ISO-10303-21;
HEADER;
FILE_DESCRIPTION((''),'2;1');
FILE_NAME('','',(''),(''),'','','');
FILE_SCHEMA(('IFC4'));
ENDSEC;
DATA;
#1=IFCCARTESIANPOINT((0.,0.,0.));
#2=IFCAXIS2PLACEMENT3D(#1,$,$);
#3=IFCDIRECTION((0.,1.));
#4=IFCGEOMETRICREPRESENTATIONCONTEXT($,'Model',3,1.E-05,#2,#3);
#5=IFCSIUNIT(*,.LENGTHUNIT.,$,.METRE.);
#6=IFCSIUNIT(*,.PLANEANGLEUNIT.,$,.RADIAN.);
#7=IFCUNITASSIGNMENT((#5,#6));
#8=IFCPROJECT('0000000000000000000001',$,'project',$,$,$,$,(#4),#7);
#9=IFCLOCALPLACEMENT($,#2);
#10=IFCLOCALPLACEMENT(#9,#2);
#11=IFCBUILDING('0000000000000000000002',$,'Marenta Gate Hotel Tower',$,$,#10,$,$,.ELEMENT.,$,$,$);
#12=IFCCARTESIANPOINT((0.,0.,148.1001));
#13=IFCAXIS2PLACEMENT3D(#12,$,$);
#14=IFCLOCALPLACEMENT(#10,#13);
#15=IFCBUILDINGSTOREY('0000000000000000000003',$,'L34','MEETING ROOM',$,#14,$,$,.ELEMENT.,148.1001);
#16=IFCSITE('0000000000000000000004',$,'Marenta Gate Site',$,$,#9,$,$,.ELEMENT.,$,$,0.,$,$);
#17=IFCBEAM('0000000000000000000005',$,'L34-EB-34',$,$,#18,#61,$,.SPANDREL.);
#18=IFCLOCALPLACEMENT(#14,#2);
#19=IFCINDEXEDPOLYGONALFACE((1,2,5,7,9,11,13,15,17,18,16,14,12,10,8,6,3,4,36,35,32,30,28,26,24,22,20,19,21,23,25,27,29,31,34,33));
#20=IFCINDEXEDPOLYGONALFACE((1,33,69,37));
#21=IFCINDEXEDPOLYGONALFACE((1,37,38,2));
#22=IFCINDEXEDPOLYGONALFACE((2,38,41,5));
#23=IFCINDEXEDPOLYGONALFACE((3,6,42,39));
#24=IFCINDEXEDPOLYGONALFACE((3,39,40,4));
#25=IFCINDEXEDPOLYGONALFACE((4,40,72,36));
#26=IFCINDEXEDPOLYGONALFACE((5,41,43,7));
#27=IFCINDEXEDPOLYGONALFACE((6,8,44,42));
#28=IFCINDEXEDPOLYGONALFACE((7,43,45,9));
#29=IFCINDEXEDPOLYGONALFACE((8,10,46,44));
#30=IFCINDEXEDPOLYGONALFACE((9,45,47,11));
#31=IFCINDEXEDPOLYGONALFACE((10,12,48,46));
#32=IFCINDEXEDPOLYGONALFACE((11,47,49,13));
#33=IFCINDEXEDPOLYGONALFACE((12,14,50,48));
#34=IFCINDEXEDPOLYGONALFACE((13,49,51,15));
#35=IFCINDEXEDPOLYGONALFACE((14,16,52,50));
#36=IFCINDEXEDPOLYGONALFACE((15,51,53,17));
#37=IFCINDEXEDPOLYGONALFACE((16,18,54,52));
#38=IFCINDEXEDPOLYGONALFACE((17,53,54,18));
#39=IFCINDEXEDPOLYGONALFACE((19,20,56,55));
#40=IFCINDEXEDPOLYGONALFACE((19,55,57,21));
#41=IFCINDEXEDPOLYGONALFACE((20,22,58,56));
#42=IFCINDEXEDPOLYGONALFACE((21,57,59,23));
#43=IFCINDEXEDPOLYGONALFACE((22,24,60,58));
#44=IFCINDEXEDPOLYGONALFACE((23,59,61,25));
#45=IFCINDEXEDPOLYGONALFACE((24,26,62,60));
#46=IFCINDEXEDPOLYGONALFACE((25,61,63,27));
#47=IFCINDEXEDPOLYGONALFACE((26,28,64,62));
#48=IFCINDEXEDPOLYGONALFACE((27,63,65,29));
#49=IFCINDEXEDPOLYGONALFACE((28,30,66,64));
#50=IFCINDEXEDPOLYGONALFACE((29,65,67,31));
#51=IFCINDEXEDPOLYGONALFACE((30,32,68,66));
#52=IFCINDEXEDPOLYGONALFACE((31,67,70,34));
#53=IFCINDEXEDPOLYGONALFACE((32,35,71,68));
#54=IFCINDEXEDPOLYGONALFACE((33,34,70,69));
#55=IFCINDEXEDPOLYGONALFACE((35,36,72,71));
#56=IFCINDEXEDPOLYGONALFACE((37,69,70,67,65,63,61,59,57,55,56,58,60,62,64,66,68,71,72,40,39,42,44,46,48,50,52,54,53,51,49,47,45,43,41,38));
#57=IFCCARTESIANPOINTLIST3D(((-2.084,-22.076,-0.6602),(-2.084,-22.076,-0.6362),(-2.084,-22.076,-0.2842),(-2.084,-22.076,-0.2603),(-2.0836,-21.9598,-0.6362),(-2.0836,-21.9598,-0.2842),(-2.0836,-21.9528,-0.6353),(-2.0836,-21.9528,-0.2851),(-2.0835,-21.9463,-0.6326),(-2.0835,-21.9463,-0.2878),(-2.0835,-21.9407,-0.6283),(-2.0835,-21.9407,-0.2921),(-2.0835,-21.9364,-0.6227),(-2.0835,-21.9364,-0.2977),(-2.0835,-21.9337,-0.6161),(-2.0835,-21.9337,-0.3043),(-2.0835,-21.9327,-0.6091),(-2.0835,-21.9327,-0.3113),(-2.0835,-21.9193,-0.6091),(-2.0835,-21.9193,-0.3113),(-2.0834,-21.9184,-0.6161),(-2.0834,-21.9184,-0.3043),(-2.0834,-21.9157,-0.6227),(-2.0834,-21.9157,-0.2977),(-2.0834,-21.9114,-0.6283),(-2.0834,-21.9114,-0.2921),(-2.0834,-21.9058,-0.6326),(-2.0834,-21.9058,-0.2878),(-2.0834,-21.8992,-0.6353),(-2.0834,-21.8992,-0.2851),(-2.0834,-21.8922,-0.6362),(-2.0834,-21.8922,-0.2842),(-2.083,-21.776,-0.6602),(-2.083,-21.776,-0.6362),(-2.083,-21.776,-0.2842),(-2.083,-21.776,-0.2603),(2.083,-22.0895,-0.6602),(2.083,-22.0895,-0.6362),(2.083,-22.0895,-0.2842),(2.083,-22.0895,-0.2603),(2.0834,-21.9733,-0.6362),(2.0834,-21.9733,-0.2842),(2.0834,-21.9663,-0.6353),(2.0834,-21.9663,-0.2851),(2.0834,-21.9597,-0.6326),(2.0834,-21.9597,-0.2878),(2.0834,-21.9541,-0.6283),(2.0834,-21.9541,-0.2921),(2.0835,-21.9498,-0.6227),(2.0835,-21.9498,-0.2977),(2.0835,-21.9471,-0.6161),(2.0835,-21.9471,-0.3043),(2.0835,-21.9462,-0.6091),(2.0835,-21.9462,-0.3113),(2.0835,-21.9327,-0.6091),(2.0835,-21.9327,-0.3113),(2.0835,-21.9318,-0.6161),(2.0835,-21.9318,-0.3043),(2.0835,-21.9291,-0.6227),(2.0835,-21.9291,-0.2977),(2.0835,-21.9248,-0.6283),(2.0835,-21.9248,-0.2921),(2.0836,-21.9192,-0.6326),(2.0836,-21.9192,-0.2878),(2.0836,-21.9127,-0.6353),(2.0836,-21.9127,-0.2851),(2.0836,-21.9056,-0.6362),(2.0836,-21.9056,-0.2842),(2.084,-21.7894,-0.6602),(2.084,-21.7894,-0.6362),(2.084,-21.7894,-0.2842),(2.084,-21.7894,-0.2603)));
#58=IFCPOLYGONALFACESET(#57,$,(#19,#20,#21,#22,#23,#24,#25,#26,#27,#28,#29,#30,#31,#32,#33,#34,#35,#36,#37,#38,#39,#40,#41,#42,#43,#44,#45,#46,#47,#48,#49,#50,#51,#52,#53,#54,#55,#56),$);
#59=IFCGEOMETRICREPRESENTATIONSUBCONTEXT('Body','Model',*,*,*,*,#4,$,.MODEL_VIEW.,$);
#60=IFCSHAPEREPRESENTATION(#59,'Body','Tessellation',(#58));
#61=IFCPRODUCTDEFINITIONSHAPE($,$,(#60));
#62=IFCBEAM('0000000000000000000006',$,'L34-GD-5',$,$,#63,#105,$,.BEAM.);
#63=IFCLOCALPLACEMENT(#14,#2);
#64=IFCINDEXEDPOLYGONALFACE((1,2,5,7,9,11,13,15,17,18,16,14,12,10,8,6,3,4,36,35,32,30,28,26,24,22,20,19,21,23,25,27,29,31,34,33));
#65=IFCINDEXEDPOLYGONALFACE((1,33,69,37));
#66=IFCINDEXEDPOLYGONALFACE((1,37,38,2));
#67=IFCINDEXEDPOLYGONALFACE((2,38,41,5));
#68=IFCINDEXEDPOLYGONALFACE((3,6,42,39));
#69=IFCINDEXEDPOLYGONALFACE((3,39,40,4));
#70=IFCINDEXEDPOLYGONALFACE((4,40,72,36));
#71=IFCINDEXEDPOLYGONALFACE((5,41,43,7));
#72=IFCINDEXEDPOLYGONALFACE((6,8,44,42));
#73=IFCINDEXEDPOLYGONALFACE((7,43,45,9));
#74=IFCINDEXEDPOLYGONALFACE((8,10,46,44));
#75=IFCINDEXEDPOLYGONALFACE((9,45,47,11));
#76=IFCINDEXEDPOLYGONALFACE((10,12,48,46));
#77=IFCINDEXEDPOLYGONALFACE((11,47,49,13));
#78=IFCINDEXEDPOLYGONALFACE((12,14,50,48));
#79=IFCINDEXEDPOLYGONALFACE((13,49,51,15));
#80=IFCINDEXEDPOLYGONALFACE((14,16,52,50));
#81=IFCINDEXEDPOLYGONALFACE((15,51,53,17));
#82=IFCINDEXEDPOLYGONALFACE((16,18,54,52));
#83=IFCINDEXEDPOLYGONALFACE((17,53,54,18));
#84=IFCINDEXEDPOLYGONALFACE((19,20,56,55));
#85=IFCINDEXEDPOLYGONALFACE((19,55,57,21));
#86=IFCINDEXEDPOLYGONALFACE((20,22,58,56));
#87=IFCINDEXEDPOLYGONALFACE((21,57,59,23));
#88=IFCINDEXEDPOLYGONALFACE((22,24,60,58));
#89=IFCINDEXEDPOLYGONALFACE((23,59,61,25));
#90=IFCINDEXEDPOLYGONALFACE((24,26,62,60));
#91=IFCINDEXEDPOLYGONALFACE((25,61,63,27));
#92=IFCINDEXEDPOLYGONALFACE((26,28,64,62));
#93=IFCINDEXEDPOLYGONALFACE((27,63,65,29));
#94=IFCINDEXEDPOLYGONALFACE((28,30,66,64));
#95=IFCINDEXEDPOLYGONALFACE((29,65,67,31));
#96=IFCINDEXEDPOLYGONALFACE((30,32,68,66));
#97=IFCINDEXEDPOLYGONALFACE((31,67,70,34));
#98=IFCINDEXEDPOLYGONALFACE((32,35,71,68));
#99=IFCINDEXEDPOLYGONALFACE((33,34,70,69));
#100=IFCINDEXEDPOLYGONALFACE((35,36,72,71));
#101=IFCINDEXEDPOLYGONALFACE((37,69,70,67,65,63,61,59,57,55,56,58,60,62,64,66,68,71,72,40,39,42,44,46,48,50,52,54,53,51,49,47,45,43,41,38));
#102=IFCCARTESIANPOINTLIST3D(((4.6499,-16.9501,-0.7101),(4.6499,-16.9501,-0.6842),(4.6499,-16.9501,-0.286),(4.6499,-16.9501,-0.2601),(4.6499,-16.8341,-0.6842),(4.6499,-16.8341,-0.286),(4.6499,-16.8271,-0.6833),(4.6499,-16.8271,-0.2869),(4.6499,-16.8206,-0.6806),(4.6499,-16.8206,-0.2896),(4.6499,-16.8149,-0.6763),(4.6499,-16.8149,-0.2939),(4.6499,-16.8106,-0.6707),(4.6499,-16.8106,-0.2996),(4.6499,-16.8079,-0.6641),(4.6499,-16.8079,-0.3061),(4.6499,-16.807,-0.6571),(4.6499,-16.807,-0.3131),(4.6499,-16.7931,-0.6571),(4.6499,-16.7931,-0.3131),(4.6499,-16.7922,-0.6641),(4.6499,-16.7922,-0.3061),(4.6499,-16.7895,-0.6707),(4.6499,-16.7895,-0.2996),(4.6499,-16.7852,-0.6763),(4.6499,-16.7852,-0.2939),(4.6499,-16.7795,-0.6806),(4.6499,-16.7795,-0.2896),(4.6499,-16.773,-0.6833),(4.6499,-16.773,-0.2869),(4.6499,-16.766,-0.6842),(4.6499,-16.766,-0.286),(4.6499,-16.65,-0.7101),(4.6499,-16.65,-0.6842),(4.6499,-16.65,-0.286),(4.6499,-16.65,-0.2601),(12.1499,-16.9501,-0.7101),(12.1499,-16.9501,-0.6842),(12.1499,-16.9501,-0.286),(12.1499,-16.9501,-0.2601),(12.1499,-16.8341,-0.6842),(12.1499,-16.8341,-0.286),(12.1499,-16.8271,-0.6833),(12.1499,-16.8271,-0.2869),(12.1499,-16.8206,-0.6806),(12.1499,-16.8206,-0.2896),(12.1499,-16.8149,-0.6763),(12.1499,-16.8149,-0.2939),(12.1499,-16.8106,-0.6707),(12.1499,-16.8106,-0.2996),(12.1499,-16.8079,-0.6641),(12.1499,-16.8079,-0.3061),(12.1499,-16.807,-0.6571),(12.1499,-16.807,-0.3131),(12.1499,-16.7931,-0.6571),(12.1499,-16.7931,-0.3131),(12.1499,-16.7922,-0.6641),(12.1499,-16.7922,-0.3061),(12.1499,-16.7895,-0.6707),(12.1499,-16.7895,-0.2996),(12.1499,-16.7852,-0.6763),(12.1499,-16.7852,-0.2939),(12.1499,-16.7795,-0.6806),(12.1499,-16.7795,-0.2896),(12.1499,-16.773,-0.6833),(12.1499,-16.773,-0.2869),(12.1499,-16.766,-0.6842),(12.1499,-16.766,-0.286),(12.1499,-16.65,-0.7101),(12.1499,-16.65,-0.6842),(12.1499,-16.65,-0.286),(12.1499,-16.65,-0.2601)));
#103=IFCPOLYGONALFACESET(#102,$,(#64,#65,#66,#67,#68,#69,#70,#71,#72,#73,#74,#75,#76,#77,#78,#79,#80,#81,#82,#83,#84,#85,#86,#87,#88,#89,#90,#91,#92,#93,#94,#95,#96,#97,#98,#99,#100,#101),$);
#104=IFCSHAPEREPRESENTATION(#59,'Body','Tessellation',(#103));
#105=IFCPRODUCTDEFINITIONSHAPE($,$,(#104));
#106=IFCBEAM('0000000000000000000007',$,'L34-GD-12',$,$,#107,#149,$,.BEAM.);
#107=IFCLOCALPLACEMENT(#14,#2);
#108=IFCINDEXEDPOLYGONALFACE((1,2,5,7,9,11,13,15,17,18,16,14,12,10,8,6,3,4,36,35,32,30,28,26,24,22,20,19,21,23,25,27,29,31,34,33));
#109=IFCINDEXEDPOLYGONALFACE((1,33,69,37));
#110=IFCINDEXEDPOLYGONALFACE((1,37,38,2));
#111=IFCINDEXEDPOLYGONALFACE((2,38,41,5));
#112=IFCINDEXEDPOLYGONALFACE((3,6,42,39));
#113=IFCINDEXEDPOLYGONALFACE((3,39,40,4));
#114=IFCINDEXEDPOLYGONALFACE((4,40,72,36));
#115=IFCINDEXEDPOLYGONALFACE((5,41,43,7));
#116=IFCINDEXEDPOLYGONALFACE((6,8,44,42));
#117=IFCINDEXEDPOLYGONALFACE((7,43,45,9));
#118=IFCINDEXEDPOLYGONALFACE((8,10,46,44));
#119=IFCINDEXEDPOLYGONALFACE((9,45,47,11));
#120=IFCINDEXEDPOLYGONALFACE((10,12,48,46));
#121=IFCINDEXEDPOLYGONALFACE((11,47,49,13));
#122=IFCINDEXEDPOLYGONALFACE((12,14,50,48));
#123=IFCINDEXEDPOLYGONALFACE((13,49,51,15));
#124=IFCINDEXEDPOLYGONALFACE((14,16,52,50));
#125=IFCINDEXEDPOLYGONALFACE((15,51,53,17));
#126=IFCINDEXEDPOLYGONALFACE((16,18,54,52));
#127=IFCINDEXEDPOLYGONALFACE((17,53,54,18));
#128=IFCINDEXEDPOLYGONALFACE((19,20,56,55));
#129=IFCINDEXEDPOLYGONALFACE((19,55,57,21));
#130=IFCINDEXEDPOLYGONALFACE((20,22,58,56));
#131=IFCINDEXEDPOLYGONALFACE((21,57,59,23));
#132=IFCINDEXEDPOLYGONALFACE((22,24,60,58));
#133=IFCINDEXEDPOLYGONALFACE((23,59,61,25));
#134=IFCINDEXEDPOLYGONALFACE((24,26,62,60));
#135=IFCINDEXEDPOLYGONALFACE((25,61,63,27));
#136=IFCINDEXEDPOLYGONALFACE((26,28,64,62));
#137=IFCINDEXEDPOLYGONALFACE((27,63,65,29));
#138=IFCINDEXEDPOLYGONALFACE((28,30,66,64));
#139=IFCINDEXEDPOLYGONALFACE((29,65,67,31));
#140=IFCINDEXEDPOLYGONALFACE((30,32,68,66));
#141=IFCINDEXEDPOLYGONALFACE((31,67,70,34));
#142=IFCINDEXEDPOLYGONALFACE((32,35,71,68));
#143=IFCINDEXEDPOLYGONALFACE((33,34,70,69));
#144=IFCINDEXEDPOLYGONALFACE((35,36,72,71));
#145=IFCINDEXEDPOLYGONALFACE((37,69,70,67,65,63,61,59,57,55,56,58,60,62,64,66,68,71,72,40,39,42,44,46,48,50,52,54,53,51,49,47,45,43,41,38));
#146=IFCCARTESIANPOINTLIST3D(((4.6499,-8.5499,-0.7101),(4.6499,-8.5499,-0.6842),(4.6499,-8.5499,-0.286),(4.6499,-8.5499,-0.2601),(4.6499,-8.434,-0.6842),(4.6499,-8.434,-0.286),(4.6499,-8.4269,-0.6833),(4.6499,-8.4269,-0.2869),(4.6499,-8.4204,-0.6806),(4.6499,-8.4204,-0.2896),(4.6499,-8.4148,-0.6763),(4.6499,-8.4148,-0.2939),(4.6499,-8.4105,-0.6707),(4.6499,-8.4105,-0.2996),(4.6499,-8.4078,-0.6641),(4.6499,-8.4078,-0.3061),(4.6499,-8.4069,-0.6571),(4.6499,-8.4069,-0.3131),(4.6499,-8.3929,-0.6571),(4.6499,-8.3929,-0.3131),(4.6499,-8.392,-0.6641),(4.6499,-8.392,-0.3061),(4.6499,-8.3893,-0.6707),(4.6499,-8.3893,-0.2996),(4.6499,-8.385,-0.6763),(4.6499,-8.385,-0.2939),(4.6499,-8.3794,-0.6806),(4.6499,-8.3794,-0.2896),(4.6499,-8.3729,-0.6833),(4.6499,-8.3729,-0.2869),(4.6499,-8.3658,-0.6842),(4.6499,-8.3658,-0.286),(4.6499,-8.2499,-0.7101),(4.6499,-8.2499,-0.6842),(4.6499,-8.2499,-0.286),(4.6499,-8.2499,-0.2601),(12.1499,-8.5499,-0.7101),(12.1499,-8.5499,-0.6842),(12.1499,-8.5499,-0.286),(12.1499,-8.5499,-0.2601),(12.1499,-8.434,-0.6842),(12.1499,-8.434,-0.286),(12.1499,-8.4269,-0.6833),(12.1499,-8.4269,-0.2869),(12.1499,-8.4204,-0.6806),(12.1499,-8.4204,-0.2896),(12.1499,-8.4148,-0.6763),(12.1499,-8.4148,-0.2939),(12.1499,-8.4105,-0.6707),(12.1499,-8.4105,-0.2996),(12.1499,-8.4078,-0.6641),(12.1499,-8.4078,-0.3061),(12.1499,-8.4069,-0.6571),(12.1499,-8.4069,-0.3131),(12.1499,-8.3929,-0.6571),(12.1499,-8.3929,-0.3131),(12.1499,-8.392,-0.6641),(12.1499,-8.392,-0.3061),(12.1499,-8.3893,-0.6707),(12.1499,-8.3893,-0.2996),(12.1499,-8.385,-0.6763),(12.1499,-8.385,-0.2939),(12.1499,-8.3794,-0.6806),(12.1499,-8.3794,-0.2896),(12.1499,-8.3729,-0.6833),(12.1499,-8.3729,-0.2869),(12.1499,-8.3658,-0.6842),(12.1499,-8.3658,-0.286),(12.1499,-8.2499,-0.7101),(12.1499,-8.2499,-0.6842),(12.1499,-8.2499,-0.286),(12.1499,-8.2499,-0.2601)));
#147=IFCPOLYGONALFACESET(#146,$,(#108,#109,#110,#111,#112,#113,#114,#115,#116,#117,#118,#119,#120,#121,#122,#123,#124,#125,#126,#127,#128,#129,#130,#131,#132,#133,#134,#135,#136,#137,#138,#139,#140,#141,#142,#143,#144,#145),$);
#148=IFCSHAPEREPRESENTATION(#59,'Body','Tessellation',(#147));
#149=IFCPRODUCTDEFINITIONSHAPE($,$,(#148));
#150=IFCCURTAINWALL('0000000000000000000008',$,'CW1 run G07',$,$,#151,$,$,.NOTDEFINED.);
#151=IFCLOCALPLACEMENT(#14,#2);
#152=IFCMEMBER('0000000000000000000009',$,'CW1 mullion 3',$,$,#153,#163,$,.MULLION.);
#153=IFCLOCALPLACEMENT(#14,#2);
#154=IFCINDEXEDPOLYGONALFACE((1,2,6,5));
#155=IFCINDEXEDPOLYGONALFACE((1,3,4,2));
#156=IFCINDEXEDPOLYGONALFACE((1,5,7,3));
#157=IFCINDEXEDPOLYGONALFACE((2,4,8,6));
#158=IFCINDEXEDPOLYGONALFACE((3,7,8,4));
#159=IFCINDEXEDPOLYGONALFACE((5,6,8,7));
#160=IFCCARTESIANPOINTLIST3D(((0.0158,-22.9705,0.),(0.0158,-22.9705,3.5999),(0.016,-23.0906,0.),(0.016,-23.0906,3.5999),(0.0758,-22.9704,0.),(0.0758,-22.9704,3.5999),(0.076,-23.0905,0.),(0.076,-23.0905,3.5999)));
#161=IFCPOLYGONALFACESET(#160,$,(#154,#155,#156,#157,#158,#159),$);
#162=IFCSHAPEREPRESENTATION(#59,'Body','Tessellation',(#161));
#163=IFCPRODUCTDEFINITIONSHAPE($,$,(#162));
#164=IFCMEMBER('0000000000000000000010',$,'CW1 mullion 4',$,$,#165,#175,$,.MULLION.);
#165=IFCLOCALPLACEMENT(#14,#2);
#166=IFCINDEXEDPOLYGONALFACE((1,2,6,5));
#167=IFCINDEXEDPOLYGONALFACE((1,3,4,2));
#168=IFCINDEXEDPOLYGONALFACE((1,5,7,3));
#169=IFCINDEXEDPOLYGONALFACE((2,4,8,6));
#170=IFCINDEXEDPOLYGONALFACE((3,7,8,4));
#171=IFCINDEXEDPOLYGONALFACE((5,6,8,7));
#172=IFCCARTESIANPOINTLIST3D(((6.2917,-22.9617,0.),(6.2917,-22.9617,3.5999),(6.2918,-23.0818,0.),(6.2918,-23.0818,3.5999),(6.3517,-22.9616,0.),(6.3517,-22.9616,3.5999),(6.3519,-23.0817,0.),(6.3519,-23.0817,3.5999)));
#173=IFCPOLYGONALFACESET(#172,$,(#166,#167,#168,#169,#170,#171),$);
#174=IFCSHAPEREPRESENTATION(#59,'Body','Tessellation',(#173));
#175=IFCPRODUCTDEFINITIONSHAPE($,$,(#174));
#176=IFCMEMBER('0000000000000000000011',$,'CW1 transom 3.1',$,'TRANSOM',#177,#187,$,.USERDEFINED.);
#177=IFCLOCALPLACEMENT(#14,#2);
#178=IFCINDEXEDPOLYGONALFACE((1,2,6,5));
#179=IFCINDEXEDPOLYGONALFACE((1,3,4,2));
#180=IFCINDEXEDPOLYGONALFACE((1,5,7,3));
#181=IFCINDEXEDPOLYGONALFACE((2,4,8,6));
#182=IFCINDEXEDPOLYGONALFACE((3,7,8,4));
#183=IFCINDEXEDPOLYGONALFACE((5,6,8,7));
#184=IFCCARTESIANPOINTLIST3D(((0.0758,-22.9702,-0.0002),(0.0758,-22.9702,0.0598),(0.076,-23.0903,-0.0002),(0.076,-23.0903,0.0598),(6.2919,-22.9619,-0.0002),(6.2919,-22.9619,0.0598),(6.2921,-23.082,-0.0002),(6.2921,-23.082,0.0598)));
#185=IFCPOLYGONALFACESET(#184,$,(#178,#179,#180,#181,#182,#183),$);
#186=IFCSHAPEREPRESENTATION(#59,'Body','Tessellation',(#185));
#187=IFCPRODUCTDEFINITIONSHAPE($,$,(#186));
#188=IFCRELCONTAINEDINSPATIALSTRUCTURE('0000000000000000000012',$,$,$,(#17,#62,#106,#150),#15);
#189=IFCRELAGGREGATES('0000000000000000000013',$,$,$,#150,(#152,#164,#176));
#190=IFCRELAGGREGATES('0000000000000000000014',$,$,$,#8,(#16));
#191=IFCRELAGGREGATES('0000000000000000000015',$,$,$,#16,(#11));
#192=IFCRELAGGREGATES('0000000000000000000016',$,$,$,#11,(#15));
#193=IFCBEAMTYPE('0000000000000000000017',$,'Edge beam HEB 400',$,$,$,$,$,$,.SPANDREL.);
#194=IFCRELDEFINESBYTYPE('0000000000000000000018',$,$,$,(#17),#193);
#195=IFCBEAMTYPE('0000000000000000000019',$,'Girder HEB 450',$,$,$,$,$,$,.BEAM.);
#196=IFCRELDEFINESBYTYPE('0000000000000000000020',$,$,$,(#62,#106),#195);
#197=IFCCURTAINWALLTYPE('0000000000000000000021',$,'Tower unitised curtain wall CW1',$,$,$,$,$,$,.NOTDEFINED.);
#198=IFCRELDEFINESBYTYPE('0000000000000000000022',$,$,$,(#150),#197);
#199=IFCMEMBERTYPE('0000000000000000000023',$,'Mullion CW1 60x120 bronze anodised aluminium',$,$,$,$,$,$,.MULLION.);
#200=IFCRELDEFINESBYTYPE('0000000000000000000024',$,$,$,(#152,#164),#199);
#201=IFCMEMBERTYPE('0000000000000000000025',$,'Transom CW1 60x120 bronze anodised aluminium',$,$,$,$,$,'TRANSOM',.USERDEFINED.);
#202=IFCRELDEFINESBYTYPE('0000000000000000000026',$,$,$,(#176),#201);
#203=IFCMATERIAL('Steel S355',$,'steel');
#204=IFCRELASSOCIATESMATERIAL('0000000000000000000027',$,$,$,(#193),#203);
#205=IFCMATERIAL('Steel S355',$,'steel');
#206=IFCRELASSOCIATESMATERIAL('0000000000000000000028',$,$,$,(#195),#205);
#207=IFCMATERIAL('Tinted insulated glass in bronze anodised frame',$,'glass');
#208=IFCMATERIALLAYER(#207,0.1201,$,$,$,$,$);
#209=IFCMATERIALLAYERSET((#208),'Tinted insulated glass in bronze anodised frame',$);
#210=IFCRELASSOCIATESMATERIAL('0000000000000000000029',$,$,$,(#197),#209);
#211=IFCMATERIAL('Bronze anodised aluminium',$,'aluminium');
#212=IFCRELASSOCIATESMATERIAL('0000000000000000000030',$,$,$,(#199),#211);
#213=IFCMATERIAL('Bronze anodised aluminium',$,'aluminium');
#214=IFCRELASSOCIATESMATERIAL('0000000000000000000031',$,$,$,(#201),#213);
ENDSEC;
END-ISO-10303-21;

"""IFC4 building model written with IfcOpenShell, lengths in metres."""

from ifc_helpers import new_model, si_unit, direction, frame, origin, origin_2d, place, context, subcontext, project, spatial, rectangle, i_section, extrude, material, layer, layer_set, material_profile, profile_set, type_object, element, aggregate, save


model = new_model("IFC4")

# Units and contexts
model_context = context("Model", 3, precision=1e-05, world=origin(), true_north=direction((0.0, 1.0)))
body_context = subcontext(model_context, "Body", "Model", "MODEL_VIEW")
ifc_project = project(units=[si_unit("LENGTHUNIT", "METRE"), si_unit("PLANEANGLEUNIT", "RADIAN")], contexts=[model_context])

# Site, building, storey
site_placement = place(None, origin())
site = spatial("IfcSite", under=ifc_project, at=site_placement, Name="Marenta Gate Site", CompositionType="ELEMENT", RefElevation=0.0)
building_placement = place(site_placement, origin())
building = spatial("IfcBuilding", under=site, at=building_placement, Name="Marenta Gate Hotel Tower", CompositionType="ELEMENT")
storey_placement = place(building_placement, frame((0.0, 0.0, 148.1001)))
storey = spatial("IfcBuildingStorey", under=building, at=storey_placement, Name="L34", Description="MEETING ROOM", CompositionType="ELEMENT", Elevation=148.1001)

# Beams
ifc_material_1 = material(Name="Steel S355", Category="steel")
ifc_material_profile_1 = material_profile(ifc_material_1, i_section(OverallWidth=0.3, OverallDepth=0.3999, WebThickness=0.0134, FlangeThickness=0.0239, FilletRadius=0.0271, at=origin_2d()), Name="HEB 400")
ifc_profile_set_1 = profile_set([ifc_material_profile_1], Name="Steel S355")
beam_type_1 = type_object("IfcBeamType", Name="Edge beam HEB 400", PredefinedType="SPANDREL", material=ifc_profile_set_1)
beam_1_placement = place(storey_placement, frame((2.0835, -21.9395, -0.4602), z_axis=(-0.999995, 0.003222, 0.0), x_axis=(-0.003222, -0.999995, 0.0)))
element("IfcBeam", 1, at=beam_1_placement, inside=storey, type_object=beam_type_1, Name="L34-EB-34", PredefinedType="SPANDREL", context=body_context, shape_type="SweptSolid", body=[
    extrude(i_section(OverallWidth=0.3, OverallDepth=0.3999, WebThickness=0.0134, FlangeThickness=0.0239, FilletRadius=0.0271, at=origin_2d()), origin(), (0.0, 0.0, 1.0), 4.167),
])
ifc_material_2 = material(Name="Steel S355", Category="steel")
ifc_material_profile_2 = material_profile(ifc_material_2, i_section(OverallWidth=0.3, OverallDepth=0.45, WebThickness=0.0139, FlangeThickness=0.0259, FilletRadius=0.0271, at=origin_2d()), Name="HEB 450")
ifc_profile_set_2 = profile_set([ifc_material_profile_2], Name="Steel S355")
beam_type_2 = type_object("IfcBeamType", Name="Girder HEB 450", PredefinedType="BEAM", material=ifc_profile_set_2)
for number, where, z_axis, x_axis, name in (
    (2, (4.6499, -16.8, -0.4851), (1.0, 0.0, 0.0), (0.0, 1.0, 0.0), "L34-GD-5"),
    (3, (4.6499, -8.3999, -0.4851), (1.0, 0.0, 0.0), (0.0, 1.0, 0.0), "L34-GD-12"),
):
    element("IfcBeam", number, at=place(storey_placement, frame(where, z_axis=z_axis, x_axis=x_axis)), inside=storey, type_object=beam_type_2, Name=name, PredefinedType="BEAM", context=body_context, shape_type="SweptSolid", body=[
        extrude(i_section(OverallWidth=0.3, OverallDepth=0.45, WebThickness=0.0139, FlangeThickness=0.0259, FilletRadius=0.0271, at=origin_2d()), origin(), (0.0, 0.0, 1.0), 7.5),
    ])

# Curtain wall, members
ifc_material_3 = material(Name="Tinted insulated glass in bronze anodised frame", Category="glass")
ifc_layer_1 = layer(ifc_material_3, 0.1201)
ifc_layer_set_1 = layer_set([ifc_layer_1], Name="Tinted insulated glass in bronze anodised frame")
curtain_wall_type = type_object("IfcCurtainWallType", Name="Tower unitised curtain wall CW1", PredefinedType="NOTDEFINED", material=ifc_layer_set_1)
curtain_wall_placement = place(storey_placement, origin())
curtain_wall = element("IfcCurtainWall", 4, at=curtain_wall_placement, inside=storey, type_object=curtain_wall_type, Name="CW1 run G07", PredefinedType="NOTDEFINED")
ifc_material_4 = material(Name="Bronze anodised aluminium", Category="aluminium")
ifc_material_profile_3 = material_profile(ifc_material_4, rectangle(XDim=0.1201, YDim=0.0601, at=origin_2d()), Name="Mullion CW1 60x120 bronze anodised aluminium")
ifc_profile_set_3 = profile_set([ifc_material_profile_3], Name="Bronze anodised aluminium")
member_type_1 = type_object("IfcMemberType", Name="Mullion CW1 60x120 bronze anodised aluminium", PredefinedType="MULLION", material=ifc_profile_set_3)
member_1_placement = place(storey_placement, frame((0.0459, -23.0305, 0.0), z_axis=(0.0, 0.0, 1.0), x_axis=(-0.001362, 0.999999, 0.0)))
member_1 = element("IfcMember", 5, at=member_1_placement, type_object=member_type_1, Name="CW1 mullion 3", PredefinedType="MULLION", context=body_context, shape_type="SweptSolid", body=[
    extrude(rectangle(XDim=0.1201, YDim=0.0601, at=origin_2d()), origin(), (0.0, 0.0, 1.0), 3.5999),
])
member_2_placement = place(storey_placement, frame((6.3218, -23.0217, 0.0), z_axis=(0.0, 0.0, 1.0), x_axis=(-0.001362, 0.999999, 0.0)))
member_2 = element("IfcMember", 6, at=member_2_placement, type_object=member_type_1, Name="CW1 mullion 4", PredefinedType="MULLION", context=body_context, shape_type="SweptSolid", body=[
    extrude(rectangle(XDim=0.1201, YDim=0.0601, at=origin_2d()), origin(), (0.0, 0.0, 1.0), 3.5999),
])
ifc_material_5 = material(Name="Bronze anodised aluminium", Category="aluminium")
ifc_material_profile_4 = material_profile(ifc_material_5, rectangle(XDim=0.1201, YDim=0.0601, at=origin_2d()), Name="Transom CW1 60x120 bronze anodised aluminium")
ifc_profile_set_4 = profile_set([ifc_material_profile_4], Name="Bronze anodised aluminium")
member_type_2 = type_object("IfcMemberType", Name="Transom CW1 60x120 bronze anodised aluminium", ElementType="TRANSOM", PredefinedType="USERDEFINED", material=ifc_profile_set_4)
member_3_placement = place(storey_placement, frame((0.0759, -23.0303, 0.0298), z_axis=(0.999999, 0.001335, 0.0), x_axis=(-0.001335, 0.999999, 0.0)))
member_3 = element("IfcMember", 7, at=member_3_placement, type_object=member_type_2, Name="CW1 transom 3.1", ObjectType="TRANSOM", PredefinedType="USERDEFINED", context=body_context, shape_type="SweptSolid", body=[
    extrude(rectangle(XDim=0.1201, YDim=0.0601, at=origin_2d()), origin(), (0.0, 0.0, 1.0), 6.2161),
])
aggregate(curtain_wall, [member_1, member_2, member_3])

save(model, "model.ifc")
